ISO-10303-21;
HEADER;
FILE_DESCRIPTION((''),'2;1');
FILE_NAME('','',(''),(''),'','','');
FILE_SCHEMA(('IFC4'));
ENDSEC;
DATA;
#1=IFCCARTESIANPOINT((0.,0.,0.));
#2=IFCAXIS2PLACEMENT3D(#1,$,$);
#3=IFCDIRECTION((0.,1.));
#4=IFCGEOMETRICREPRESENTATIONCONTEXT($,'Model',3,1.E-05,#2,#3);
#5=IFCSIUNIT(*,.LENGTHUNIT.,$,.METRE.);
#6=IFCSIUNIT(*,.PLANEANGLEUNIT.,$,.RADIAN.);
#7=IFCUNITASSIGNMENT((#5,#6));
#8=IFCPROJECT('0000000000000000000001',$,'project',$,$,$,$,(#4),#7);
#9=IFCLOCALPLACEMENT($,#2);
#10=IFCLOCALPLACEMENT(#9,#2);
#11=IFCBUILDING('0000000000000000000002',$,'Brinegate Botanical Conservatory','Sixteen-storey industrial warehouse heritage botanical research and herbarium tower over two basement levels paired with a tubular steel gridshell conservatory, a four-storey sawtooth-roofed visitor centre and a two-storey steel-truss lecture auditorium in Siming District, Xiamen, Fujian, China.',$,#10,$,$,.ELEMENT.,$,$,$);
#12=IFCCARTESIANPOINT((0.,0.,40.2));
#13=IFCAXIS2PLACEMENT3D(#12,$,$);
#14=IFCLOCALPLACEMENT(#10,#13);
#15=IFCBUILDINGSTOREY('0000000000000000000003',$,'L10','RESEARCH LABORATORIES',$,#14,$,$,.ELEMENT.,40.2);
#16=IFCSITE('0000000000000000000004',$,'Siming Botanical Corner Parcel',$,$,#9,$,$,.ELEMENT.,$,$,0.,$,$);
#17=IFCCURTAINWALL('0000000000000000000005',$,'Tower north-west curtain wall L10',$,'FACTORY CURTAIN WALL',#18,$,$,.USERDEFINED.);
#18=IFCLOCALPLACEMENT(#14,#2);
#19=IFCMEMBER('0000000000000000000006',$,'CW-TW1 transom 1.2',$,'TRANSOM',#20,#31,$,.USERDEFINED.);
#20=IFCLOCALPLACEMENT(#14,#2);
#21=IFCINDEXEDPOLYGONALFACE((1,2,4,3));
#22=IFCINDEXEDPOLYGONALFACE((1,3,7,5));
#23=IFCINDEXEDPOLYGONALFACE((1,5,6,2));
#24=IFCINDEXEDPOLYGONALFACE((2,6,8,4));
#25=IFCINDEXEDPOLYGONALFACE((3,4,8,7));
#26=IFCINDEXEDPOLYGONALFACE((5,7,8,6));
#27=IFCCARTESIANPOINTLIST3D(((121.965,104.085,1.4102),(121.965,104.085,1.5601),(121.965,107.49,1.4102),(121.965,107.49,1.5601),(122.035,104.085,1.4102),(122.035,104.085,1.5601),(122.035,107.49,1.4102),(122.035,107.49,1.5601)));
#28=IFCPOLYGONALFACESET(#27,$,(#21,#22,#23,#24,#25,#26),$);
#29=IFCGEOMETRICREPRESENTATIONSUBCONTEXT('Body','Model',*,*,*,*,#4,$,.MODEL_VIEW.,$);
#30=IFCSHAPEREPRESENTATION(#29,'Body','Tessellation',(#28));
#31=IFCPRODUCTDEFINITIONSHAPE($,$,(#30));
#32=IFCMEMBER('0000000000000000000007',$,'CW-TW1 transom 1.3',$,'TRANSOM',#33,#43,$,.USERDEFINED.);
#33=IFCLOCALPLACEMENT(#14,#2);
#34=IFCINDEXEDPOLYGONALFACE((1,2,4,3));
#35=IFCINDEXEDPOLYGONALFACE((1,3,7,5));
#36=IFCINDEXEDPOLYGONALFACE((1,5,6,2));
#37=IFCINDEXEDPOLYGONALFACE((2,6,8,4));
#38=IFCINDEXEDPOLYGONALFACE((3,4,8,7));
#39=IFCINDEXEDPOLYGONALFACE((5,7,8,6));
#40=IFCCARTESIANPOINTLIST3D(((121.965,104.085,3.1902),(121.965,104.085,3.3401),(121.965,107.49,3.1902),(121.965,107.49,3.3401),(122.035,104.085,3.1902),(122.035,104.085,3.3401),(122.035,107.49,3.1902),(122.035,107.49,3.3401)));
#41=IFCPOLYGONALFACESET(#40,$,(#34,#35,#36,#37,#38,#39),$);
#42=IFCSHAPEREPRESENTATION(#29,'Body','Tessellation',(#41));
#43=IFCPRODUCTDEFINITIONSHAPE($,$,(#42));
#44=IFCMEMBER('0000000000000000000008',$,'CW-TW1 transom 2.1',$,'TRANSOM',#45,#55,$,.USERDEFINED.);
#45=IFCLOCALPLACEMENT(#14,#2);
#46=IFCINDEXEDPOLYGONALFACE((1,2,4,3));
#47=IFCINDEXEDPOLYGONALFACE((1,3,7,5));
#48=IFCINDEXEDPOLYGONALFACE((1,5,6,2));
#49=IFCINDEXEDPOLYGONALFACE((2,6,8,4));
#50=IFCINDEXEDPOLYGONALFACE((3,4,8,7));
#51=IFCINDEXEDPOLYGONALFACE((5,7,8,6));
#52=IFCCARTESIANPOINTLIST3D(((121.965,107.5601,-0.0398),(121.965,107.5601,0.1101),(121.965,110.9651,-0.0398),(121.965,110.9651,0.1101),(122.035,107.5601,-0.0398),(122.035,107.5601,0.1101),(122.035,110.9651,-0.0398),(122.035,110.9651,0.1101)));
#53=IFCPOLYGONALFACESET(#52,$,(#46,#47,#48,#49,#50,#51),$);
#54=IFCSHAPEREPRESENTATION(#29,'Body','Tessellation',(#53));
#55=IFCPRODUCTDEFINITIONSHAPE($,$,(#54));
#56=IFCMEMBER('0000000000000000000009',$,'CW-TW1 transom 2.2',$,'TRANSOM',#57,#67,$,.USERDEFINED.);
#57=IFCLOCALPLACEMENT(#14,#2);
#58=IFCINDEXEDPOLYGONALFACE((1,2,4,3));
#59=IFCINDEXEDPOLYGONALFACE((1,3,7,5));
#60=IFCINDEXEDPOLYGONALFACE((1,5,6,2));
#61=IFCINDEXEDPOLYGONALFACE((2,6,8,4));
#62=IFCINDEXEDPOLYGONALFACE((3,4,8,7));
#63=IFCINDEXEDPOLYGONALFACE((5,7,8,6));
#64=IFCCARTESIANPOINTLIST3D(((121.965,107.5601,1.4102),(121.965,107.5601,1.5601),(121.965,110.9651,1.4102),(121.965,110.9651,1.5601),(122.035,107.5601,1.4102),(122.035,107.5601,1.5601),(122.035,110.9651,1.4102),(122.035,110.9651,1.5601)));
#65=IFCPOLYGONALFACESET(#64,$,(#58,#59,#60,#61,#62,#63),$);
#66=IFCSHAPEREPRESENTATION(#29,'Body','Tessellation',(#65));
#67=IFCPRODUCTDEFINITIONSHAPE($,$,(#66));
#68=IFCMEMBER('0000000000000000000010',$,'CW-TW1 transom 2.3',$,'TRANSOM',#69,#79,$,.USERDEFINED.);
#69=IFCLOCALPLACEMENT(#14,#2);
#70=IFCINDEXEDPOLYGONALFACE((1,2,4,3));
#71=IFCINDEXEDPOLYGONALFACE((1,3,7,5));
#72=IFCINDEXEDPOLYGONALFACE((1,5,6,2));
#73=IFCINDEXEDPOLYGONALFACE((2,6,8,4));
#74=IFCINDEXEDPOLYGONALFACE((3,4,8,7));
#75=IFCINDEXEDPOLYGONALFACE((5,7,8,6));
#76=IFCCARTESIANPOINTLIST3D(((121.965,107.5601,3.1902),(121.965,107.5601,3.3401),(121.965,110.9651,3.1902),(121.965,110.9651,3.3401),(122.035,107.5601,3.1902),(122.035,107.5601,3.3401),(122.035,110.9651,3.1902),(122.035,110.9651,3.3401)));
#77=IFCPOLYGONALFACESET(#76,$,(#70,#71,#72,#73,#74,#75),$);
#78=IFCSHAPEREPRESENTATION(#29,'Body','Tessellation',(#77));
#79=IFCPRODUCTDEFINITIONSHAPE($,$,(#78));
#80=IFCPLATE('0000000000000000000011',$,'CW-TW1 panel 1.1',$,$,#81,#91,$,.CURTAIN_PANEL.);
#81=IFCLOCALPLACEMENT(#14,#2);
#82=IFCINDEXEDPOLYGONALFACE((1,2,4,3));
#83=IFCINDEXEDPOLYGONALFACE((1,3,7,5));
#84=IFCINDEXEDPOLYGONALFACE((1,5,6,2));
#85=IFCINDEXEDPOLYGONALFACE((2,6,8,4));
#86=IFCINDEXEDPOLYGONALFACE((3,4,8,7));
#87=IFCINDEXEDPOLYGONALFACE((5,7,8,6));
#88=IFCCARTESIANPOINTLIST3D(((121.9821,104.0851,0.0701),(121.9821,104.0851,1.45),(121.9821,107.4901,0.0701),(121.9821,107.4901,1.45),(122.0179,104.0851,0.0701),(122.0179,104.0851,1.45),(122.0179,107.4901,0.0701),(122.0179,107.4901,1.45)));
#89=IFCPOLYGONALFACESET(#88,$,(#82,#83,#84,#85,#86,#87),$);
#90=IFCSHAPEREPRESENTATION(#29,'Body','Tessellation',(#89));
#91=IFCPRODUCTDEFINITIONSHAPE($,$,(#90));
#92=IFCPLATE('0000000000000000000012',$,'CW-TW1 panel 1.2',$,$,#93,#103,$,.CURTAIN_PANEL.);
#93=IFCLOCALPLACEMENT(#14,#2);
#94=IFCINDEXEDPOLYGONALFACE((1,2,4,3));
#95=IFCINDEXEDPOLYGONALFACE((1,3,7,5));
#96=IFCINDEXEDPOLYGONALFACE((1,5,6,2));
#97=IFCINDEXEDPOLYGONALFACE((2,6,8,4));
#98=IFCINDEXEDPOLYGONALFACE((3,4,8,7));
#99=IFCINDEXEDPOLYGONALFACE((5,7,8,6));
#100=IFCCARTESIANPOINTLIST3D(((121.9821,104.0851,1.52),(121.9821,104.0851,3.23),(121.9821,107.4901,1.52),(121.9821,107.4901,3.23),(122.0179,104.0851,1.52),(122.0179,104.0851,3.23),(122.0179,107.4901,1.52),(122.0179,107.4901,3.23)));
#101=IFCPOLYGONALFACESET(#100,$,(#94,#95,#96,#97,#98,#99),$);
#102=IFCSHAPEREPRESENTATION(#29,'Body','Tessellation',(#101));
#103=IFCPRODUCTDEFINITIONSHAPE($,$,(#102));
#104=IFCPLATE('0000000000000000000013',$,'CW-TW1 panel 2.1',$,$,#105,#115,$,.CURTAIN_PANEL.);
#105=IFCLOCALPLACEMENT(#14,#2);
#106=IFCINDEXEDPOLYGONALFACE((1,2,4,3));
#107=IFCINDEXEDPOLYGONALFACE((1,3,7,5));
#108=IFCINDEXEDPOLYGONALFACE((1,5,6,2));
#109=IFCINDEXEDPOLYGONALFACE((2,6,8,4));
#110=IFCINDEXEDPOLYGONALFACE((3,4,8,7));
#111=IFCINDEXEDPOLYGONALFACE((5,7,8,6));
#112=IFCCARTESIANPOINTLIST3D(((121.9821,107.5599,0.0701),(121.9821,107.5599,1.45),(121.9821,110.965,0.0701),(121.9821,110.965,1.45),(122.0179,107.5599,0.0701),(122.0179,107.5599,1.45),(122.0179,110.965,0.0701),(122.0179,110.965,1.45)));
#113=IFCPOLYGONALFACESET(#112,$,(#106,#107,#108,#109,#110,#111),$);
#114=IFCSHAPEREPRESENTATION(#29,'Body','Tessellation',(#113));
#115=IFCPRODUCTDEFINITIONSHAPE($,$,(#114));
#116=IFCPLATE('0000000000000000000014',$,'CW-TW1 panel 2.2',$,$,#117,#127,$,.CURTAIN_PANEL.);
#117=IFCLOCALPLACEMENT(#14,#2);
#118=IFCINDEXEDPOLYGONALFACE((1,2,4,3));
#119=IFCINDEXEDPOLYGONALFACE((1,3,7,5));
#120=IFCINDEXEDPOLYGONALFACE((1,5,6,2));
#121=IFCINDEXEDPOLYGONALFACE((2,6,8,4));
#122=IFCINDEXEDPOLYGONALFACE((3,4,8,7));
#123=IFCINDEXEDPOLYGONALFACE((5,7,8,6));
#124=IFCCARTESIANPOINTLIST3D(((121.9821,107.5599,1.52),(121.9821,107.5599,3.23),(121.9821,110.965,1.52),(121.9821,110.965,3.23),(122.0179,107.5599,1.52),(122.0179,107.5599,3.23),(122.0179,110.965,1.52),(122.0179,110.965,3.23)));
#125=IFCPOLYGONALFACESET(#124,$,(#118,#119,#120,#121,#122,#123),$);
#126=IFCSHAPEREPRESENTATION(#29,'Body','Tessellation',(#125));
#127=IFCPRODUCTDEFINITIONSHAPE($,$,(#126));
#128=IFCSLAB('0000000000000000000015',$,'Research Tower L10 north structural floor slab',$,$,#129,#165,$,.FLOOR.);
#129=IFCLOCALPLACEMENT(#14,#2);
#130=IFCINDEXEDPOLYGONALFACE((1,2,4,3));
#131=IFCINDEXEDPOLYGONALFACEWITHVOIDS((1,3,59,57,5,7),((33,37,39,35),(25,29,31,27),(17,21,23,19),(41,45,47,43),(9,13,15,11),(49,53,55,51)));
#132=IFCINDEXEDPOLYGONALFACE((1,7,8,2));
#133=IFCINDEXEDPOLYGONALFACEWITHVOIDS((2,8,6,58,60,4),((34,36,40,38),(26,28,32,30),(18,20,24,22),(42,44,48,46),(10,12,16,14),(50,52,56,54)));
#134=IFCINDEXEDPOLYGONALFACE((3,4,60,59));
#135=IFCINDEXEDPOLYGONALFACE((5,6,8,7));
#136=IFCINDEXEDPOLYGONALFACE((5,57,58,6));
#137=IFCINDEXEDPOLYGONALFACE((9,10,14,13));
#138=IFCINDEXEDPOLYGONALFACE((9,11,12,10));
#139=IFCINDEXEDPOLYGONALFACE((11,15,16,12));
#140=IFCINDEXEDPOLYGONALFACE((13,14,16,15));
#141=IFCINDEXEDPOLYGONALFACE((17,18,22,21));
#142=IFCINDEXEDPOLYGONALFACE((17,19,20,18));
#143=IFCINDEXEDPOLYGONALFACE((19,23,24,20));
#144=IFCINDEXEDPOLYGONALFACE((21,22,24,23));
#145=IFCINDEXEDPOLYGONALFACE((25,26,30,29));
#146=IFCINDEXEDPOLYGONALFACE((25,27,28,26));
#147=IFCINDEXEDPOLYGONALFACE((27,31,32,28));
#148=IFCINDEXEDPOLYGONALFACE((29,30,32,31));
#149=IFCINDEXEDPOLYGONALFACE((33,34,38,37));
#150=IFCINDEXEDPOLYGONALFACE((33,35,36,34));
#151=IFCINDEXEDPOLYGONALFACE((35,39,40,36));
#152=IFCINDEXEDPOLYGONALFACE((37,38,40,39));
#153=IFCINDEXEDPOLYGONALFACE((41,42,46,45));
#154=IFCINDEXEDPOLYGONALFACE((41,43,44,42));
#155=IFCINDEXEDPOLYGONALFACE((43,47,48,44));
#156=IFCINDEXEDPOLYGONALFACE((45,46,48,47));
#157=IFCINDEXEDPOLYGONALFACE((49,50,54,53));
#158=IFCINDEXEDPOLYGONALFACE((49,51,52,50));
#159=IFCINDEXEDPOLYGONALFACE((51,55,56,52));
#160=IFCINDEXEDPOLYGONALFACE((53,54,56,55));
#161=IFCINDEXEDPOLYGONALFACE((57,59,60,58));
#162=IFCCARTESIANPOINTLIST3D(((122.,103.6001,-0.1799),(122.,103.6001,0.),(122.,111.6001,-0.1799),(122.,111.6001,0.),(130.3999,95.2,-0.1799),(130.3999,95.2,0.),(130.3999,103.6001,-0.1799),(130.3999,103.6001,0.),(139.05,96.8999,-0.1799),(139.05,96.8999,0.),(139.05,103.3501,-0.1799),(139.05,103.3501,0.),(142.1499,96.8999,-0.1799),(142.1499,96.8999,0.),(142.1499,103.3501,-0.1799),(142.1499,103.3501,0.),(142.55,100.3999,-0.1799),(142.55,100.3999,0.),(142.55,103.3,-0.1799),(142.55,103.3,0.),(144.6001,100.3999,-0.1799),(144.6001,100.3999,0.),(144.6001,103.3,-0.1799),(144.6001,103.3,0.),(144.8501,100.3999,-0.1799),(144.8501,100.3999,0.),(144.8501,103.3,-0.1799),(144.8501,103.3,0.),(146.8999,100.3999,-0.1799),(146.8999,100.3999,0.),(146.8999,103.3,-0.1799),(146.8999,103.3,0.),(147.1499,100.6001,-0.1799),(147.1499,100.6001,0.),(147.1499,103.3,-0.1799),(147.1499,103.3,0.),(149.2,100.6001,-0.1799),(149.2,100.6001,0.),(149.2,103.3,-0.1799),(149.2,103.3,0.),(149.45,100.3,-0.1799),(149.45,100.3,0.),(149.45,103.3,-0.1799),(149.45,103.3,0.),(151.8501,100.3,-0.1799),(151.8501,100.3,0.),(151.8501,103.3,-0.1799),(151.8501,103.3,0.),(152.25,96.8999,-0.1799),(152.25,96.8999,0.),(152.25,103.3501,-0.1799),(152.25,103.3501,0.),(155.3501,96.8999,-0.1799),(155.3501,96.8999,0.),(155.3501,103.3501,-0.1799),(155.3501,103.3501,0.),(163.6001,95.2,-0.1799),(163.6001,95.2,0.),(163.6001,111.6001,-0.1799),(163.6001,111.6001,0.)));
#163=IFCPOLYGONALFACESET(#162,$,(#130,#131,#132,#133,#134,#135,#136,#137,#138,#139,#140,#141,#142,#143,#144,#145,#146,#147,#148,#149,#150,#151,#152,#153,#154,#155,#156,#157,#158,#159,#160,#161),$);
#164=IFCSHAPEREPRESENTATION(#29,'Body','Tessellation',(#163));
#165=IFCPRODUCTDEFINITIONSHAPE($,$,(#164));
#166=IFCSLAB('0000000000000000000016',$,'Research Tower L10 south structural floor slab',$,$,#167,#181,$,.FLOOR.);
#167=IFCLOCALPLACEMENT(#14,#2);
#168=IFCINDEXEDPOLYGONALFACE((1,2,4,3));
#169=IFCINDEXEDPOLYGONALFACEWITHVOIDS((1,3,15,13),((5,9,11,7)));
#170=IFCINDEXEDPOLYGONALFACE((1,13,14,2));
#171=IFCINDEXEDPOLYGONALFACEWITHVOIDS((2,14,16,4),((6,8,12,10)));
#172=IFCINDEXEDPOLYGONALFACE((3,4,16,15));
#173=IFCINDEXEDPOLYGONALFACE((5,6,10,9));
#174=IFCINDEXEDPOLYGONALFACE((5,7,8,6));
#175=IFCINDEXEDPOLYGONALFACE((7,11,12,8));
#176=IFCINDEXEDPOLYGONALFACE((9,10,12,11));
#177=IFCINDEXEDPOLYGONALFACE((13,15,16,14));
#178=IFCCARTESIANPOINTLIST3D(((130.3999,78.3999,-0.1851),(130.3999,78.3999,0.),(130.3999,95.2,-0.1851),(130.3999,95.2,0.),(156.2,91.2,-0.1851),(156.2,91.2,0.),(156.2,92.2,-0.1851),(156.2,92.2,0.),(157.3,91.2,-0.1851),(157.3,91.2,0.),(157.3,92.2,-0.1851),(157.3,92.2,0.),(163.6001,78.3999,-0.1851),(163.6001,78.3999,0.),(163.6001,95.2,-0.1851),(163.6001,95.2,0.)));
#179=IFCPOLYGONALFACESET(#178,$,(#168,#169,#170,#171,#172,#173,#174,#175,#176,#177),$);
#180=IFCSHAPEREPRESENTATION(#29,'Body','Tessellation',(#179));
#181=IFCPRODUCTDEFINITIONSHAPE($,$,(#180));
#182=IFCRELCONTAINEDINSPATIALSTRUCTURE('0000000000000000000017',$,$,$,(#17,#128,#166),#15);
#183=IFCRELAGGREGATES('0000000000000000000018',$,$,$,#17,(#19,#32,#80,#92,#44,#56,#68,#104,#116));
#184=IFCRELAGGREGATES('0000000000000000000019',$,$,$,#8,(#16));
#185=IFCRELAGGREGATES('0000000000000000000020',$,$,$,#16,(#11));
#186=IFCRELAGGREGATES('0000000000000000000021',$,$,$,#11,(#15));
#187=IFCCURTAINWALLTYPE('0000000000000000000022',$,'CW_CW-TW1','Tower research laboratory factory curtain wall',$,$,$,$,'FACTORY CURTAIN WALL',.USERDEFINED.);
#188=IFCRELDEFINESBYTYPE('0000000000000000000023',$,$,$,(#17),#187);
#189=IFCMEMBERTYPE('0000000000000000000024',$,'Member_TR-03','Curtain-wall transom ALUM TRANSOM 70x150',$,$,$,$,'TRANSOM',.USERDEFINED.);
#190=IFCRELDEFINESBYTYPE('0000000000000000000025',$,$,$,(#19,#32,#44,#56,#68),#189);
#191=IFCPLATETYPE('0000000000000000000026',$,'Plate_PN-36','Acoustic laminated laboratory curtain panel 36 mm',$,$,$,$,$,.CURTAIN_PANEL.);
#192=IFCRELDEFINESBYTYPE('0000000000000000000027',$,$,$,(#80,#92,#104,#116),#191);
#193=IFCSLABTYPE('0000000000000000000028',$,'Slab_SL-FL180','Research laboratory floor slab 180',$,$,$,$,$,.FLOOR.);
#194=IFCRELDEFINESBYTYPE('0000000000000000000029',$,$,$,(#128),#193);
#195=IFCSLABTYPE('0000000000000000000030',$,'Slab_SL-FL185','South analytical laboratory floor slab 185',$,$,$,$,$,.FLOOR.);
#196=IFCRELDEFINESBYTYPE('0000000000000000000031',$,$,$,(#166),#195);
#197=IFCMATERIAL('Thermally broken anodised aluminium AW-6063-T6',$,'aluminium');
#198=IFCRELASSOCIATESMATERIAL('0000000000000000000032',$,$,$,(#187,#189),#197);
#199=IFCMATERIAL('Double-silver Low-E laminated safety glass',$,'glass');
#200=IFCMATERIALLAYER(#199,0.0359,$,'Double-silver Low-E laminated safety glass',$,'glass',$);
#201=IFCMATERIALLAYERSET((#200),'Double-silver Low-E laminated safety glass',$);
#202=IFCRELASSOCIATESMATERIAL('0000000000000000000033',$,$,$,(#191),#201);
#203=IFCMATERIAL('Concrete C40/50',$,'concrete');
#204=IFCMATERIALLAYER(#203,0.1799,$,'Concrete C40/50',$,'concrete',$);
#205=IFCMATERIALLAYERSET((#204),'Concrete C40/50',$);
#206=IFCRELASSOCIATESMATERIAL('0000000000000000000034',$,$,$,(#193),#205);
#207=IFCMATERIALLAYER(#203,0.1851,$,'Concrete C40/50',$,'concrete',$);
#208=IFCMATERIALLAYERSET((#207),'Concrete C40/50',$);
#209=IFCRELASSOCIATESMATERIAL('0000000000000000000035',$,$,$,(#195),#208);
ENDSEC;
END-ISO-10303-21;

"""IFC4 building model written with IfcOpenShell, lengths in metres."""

from ifc_helpers import new_model, si_unit, direction, frame, origin, origin_2d, place, context, subcontext, project, spatial, polyline, rectangle, outline, extrude, material, layer, layer_set, material_profile, profile_set, type_object, element, aggregate, save


model = new_model("IFC4")

# Units and contexts
model_context = context("Model", 3, precision=1e-05, world=origin(), true_north=direction((0.0, 1.0)))
body_context = subcontext(model_context, "Body", "Model", "MODEL_VIEW")
ifc_project = project(units=[si_unit("LENGTHUNIT", "METRE"), si_unit("PLANEANGLEUNIT", "RADIAN")], contexts=[model_context])

# Site, building, storey
site_placement = place(None, origin())
site = spatial("IfcSite", under=ifc_project, at=site_placement, Name="Siming Botanical Corner Parcel", CompositionType="ELEMENT", RefElevation=0.0)
building_placement = place(site_placement, origin())
building = spatial("IfcBuilding", under=site, at=building_placement, Name="Brinegate Botanical Conservatory", Description="Sixteen-storey industrial warehouse heritage botanical research and herbarium tower over two basement levels paired with a tubular steel gridshell conservatory, a four-storey sawtooth-roofed visitor centre and a two-storey steel-truss lecture auditorium in Siming District, Xiamen, Fujian, China.", CompositionType="ELEMENT")
storey_placement = place(building_placement, frame((0.0, 0.0, 40.2)))
storey = spatial("IfcBuildingStorey", under=building, at=storey_placement, Name="L10", Description="RESEARCH LABORATORIES", CompositionType="ELEMENT", Elevation=40.2)

# Shared definitions
ifc_material_1 = material(Name="Concrete C40/50", Category="concrete")

# Curtain wall, members, plates
ifc_material_2 = material(Name="Thermally broken anodised aluminium AW-6063-T6", Category="aluminium")
curtain_wall_type = type_object("IfcCurtainWallType", Name="CW_CW-TW1", Description="Tower research laboratory factory curtain wall", ElementType="FACTORY CURTAIN WALL", PredefinedType="USERDEFINED", material=ifc_material_2)
curtain_wall_placement = place(storey_placement, origin())
curtain_wall = element("IfcCurtainWall", 1, at=curtain_wall_placement, inside=storey, type_object=curtain_wall_type, Name="Tower north-west curtain wall L10", ObjectType="FACTORY CURTAIN WALL", PredefinedType="USERDEFINED")
ifc_material_profile_1 = material_profile(ifc_material_2, rectangle(XDim=0.0701, YDim=0.1499, at=origin_2d()), Name="ALUM TRANSOM 70x150")
ifc_profile_set_1 = profile_set([ifc_material_profile_1], Name="Thermally broken anodised aluminium AW-6063-T6")
member_type_1 = type_object("IfcMemberType", Name="Member_TR-03", Description="Curtain-wall transom ALUM TRANSOM 70x150", ElementType="TRANSOM", PredefinedType="USERDEFINED", material=ifc_profile_set_1)
member_1_placement = place(storey_placement, frame((122.0, 104.085, 1.4851), z_axis=(0.0, 1.0, 0.0), x_axis=(-1.0, 0.0, 0.0)))
member_1 = element("IfcMember", 2, at=member_1_placement, type_object=member_type_1, Name="CW-TW1 transom 1.2", ObjectType="TRANSOM", PredefinedType="USERDEFINED", context=body_context, shape_type="SweptSolid", body=[
    extrude(rectangle(XDim=0.0701, YDim=0.1499, at=origin_2d()), origin(), (0.0, 0.0, 1.0), 3.405),
])
member_2_placement = place(storey_placement, frame((122.0, 104.085, 3.2651), z_axis=(0.0, 1.0, 0.0), x_axis=(-1.0, 0.0, 0.0)))
member_2 = element("IfcMember", 3, at=member_2_placement, type_object=member_type_1, Name="CW-TW1 transom 1.3", ObjectType="TRANSOM", PredefinedType="USERDEFINED", context=body_context, shape_type="SweptSolid", body=[
    extrude(rectangle(XDim=0.0701, YDim=0.1499, at=origin_2d()), origin(), (0.0, 0.0, 1.0), 3.405),
])
member_3_placement = place(storey_placement, frame((122.0, 107.5601, 0.0352), z_axis=(0.0, 1.0, 0.0), x_axis=(-1.0, 0.0, 0.0)))
member_3 = element("IfcMember", 4, at=member_3_placement, type_object=member_type_1, Name="CW-TW1 transom 2.1", ObjectType="TRANSOM", PredefinedType="USERDEFINED", context=body_context, shape_type="SweptSolid", body=[
    extrude(rectangle(XDim=0.0701, YDim=0.1499, at=origin_2d()), origin(), (0.0, 0.0, 1.0), 3.405),
])
member_4_placement = place(storey_placement, frame((122.0, 107.5601, 1.4851), z_axis=(0.0, 1.0, 0.0), x_axis=(-1.0, 0.0, 0.0)))
member_4 = element("IfcMember", 5, at=member_4_placement, type_object=member_type_1, Name="CW-TW1 transom 2.2", ObjectType="TRANSOM", PredefinedType="USERDEFINED", context=body_context, shape_type="SweptSolid", body=[
    extrude(rectangle(XDim=0.0701, YDim=0.1499, at=origin_2d()), origin(), (0.0, 0.0, 1.0), 3.405),
])
member_5_placement = place(storey_placement, frame((122.0, 107.5601, 3.2651), z_axis=(0.0, 1.0, 0.0), x_axis=(-1.0, 0.0, 0.0)))
member_5 = element("IfcMember", 6, at=member_5_placement, type_object=member_type_1, Name="CW-TW1 transom 2.3", ObjectType="TRANSOM", PredefinedType="USERDEFINED", context=body_context, shape_type="SweptSolid", body=[
    extrude(rectangle(XDim=0.0701, YDim=0.1499, at=origin_2d()), origin(), (0.0, 0.0, 1.0), 3.405),
])
ifc_material_3 = material(Name="Double-silver Low-E laminated safety glass", Category="glass")
ifc_layer_1 = layer(ifc_material_3, 0.0359, Name="Double-silver Low-E laminated safety glass", Category="glass")
ifc_layer_set_1 = layer_set([ifc_layer_1], Name="Double-silver Low-E laminated safety glass")
plate_type = type_object("IfcPlateType", Name="Plate_PN-36", Description="Acoustic laminated laboratory curtain panel 36 mm", PredefinedType="CURTAIN_PANEL", material=ifc_layer_set_1)
plate_1_placement = place(storey_placement, frame((122.0, 105.7876, 0.0701), z_axis=(0.0, 0.0, 1.0), x_axis=(0.0, 1.0, 0.0)))
plate_1 = element("IfcPlate", 7, at=plate_1_placement, type_object=plate_type, Name="CW-TW1 panel 1.1", PredefinedType="CURTAIN_PANEL", context=body_context, shape_type="SweptSolid", body=[
    extrude(rectangle(XDim=3.405, YDim=0.0359, at=origin_2d()), origin(), (0.0, 0.0, 1.0), 1.3799),
])
plate_2_placement = place(storey_placement, frame((122.0, 105.7876, 1.52), z_axis=(0.0, 0.0, 1.0), x_axis=(0.0, 1.0, 0.0)))
plate_2 = element("IfcPlate", 8, at=plate_2_placement, type_object=plate_type, Name="CW-TW1 panel 1.2", PredefinedType="CURTAIN_PANEL", context=body_context, shape_type="SweptSolid", body=[
    extrude(rectangle(XDim=3.405, YDim=0.0359, at=origin_2d()), origin(), (0.0, 0.0, 1.0), 1.71),
])
plate_3_placement = place(storey_placement, frame((122.0, 109.2625, 0.0701), z_axis=(0.0, 0.0, 1.0), x_axis=(0.0, 1.0, 0.0)))
plate_3 = element("IfcPlate", 9, at=plate_3_placement, type_object=plate_type, Name="CW-TW1 panel 2.1", PredefinedType="CURTAIN_PANEL", context=body_context, shape_type="SweptSolid", body=[
    extrude(rectangle(XDim=3.405, YDim=0.0359, at=origin_2d()), origin(), (0.0, 0.0, 1.0), 1.3799),
])
plate_4_placement = place(storey_placement, frame((122.0, 109.2625, 1.52), z_axis=(0.0, 0.0, 1.0), x_axis=(0.0, 1.0, 0.0)))
plate_4 = element("IfcPlate", 10, at=plate_4_placement, type_object=plate_type, Name="CW-TW1 panel 2.2", PredefinedType="CURTAIN_PANEL", context=body_context, shape_type="SweptSolid", body=[
    extrude(rectangle(XDim=3.405, YDim=0.0359, at=origin_2d()), origin(), (0.0, 0.0, 1.0), 1.71),
])
aggregate(curtain_wall, [member_1, member_2, plate_1, plate_2, member_3, member_4, member_5, plate_3, plate_4])

# Slabs
ifc_layer_2 = layer(ifc_material_1, 0.1799, Name="Concrete C40/50", Category="concrete")
ifc_layer_set_2 = layer_set([ifc_layer_2], Name="Concrete C40/50")
slab_type_1 = type_object("IfcSlabType", Name="Slab_SL-FL180", Description="Research laboratory floor slab 180", PredefinedType="FLOOR", material=ifc_layer_set_2)
slab_1_placement = place(storey_placement, frame((0.0, 0.0, -0.1799)))
element("IfcSlab", 11, at=slab_1_placement, inside=storey, type_object=slab_type_1, Name="Research Tower L10 north structural floor slab", PredefinedType="FLOOR", context=body_context, shape_type="SweptSolid", body=[
    extrude(outline(polyline([(130.3999, 103.6001), (122.0, 103.6001), (122.0, 111.6001), (163.6001, 111.6001), (163.6001, 95.2), (130.3999, 95.2), (130.3999, 103.6001)]), holes=[polyline([(142.1499, 96.8999), (142.1499, 103.3501), (139.05, 103.3501), (139.05, 96.8999), (142.1499, 96.8999)]), polyline([(155.3501, 96.8999), (155.3501, 103.3501), (152.25, 103.3501), (152.25, 96.8999), (155.3501, 96.8999)]), polyline([(142.55, 100.3999), (144.6001, 100.3999), (144.6001, 103.3), (142.55, 103.3), (142.55, 100.3999)]), polyline([(144.8501, 100.3999), (146.8999, 100.3999), (146.8999, 103.3), (144.8501, 103.3), (144.8501, 100.3999)]), polyline([(147.1499, 100.6001), (149.2, 100.6001), (149.2, 103.3), (147.1499, 103.3), (147.1499, 100.6001)]), polyline([(149.45, 100.3), (151.8501, 100.3), (151.8501, 103.3), (149.45, 103.3), (149.45, 100.3)])]), origin(), (0.0, 0.0, 1.0), 0.1799),
])
ifc_layer_3 = layer(ifc_material_1, 0.1851, Name="Concrete C40/50", Category="concrete")
ifc_layer_set_3 = layer_set([ifc_layer_3], Name="Concrete C40/50")
slab_type_2 = type_object("IfcSlabType", Name="Slab_SL-FL185", Description="South analytical laboratory floor slab 185", PredefinedType="FLOOR", material=ifc_layer_set_3)
slab_2_placement = place(storey_placement, frame((0.0, 0.0, -0.1851)))
element("IfcSlab", 12, at=slab_2_placement, inside=storey, type_object=slab_type_2, Name="Research Tower L10 south structural floor slab", PredefinedType="FLOOR", context=body_context, shape_type="SweptSolid", body=[
    extrude(outline(polyline([(163.6001, 78.3999), (130.3999, 78.3999), (130.3999, 95.2), (163.6001, 95.2), (163.6001, 78.3999)]), holes=[polyline([(156.2, 91.2), (157.3, 91.2), (157.3, 92.2), (156.2, 92.2), (156.2, 91.2)])]), origin(), (0.0, 0.0, 1.0), 0.1851),
])

save(model, "model.ifc")
